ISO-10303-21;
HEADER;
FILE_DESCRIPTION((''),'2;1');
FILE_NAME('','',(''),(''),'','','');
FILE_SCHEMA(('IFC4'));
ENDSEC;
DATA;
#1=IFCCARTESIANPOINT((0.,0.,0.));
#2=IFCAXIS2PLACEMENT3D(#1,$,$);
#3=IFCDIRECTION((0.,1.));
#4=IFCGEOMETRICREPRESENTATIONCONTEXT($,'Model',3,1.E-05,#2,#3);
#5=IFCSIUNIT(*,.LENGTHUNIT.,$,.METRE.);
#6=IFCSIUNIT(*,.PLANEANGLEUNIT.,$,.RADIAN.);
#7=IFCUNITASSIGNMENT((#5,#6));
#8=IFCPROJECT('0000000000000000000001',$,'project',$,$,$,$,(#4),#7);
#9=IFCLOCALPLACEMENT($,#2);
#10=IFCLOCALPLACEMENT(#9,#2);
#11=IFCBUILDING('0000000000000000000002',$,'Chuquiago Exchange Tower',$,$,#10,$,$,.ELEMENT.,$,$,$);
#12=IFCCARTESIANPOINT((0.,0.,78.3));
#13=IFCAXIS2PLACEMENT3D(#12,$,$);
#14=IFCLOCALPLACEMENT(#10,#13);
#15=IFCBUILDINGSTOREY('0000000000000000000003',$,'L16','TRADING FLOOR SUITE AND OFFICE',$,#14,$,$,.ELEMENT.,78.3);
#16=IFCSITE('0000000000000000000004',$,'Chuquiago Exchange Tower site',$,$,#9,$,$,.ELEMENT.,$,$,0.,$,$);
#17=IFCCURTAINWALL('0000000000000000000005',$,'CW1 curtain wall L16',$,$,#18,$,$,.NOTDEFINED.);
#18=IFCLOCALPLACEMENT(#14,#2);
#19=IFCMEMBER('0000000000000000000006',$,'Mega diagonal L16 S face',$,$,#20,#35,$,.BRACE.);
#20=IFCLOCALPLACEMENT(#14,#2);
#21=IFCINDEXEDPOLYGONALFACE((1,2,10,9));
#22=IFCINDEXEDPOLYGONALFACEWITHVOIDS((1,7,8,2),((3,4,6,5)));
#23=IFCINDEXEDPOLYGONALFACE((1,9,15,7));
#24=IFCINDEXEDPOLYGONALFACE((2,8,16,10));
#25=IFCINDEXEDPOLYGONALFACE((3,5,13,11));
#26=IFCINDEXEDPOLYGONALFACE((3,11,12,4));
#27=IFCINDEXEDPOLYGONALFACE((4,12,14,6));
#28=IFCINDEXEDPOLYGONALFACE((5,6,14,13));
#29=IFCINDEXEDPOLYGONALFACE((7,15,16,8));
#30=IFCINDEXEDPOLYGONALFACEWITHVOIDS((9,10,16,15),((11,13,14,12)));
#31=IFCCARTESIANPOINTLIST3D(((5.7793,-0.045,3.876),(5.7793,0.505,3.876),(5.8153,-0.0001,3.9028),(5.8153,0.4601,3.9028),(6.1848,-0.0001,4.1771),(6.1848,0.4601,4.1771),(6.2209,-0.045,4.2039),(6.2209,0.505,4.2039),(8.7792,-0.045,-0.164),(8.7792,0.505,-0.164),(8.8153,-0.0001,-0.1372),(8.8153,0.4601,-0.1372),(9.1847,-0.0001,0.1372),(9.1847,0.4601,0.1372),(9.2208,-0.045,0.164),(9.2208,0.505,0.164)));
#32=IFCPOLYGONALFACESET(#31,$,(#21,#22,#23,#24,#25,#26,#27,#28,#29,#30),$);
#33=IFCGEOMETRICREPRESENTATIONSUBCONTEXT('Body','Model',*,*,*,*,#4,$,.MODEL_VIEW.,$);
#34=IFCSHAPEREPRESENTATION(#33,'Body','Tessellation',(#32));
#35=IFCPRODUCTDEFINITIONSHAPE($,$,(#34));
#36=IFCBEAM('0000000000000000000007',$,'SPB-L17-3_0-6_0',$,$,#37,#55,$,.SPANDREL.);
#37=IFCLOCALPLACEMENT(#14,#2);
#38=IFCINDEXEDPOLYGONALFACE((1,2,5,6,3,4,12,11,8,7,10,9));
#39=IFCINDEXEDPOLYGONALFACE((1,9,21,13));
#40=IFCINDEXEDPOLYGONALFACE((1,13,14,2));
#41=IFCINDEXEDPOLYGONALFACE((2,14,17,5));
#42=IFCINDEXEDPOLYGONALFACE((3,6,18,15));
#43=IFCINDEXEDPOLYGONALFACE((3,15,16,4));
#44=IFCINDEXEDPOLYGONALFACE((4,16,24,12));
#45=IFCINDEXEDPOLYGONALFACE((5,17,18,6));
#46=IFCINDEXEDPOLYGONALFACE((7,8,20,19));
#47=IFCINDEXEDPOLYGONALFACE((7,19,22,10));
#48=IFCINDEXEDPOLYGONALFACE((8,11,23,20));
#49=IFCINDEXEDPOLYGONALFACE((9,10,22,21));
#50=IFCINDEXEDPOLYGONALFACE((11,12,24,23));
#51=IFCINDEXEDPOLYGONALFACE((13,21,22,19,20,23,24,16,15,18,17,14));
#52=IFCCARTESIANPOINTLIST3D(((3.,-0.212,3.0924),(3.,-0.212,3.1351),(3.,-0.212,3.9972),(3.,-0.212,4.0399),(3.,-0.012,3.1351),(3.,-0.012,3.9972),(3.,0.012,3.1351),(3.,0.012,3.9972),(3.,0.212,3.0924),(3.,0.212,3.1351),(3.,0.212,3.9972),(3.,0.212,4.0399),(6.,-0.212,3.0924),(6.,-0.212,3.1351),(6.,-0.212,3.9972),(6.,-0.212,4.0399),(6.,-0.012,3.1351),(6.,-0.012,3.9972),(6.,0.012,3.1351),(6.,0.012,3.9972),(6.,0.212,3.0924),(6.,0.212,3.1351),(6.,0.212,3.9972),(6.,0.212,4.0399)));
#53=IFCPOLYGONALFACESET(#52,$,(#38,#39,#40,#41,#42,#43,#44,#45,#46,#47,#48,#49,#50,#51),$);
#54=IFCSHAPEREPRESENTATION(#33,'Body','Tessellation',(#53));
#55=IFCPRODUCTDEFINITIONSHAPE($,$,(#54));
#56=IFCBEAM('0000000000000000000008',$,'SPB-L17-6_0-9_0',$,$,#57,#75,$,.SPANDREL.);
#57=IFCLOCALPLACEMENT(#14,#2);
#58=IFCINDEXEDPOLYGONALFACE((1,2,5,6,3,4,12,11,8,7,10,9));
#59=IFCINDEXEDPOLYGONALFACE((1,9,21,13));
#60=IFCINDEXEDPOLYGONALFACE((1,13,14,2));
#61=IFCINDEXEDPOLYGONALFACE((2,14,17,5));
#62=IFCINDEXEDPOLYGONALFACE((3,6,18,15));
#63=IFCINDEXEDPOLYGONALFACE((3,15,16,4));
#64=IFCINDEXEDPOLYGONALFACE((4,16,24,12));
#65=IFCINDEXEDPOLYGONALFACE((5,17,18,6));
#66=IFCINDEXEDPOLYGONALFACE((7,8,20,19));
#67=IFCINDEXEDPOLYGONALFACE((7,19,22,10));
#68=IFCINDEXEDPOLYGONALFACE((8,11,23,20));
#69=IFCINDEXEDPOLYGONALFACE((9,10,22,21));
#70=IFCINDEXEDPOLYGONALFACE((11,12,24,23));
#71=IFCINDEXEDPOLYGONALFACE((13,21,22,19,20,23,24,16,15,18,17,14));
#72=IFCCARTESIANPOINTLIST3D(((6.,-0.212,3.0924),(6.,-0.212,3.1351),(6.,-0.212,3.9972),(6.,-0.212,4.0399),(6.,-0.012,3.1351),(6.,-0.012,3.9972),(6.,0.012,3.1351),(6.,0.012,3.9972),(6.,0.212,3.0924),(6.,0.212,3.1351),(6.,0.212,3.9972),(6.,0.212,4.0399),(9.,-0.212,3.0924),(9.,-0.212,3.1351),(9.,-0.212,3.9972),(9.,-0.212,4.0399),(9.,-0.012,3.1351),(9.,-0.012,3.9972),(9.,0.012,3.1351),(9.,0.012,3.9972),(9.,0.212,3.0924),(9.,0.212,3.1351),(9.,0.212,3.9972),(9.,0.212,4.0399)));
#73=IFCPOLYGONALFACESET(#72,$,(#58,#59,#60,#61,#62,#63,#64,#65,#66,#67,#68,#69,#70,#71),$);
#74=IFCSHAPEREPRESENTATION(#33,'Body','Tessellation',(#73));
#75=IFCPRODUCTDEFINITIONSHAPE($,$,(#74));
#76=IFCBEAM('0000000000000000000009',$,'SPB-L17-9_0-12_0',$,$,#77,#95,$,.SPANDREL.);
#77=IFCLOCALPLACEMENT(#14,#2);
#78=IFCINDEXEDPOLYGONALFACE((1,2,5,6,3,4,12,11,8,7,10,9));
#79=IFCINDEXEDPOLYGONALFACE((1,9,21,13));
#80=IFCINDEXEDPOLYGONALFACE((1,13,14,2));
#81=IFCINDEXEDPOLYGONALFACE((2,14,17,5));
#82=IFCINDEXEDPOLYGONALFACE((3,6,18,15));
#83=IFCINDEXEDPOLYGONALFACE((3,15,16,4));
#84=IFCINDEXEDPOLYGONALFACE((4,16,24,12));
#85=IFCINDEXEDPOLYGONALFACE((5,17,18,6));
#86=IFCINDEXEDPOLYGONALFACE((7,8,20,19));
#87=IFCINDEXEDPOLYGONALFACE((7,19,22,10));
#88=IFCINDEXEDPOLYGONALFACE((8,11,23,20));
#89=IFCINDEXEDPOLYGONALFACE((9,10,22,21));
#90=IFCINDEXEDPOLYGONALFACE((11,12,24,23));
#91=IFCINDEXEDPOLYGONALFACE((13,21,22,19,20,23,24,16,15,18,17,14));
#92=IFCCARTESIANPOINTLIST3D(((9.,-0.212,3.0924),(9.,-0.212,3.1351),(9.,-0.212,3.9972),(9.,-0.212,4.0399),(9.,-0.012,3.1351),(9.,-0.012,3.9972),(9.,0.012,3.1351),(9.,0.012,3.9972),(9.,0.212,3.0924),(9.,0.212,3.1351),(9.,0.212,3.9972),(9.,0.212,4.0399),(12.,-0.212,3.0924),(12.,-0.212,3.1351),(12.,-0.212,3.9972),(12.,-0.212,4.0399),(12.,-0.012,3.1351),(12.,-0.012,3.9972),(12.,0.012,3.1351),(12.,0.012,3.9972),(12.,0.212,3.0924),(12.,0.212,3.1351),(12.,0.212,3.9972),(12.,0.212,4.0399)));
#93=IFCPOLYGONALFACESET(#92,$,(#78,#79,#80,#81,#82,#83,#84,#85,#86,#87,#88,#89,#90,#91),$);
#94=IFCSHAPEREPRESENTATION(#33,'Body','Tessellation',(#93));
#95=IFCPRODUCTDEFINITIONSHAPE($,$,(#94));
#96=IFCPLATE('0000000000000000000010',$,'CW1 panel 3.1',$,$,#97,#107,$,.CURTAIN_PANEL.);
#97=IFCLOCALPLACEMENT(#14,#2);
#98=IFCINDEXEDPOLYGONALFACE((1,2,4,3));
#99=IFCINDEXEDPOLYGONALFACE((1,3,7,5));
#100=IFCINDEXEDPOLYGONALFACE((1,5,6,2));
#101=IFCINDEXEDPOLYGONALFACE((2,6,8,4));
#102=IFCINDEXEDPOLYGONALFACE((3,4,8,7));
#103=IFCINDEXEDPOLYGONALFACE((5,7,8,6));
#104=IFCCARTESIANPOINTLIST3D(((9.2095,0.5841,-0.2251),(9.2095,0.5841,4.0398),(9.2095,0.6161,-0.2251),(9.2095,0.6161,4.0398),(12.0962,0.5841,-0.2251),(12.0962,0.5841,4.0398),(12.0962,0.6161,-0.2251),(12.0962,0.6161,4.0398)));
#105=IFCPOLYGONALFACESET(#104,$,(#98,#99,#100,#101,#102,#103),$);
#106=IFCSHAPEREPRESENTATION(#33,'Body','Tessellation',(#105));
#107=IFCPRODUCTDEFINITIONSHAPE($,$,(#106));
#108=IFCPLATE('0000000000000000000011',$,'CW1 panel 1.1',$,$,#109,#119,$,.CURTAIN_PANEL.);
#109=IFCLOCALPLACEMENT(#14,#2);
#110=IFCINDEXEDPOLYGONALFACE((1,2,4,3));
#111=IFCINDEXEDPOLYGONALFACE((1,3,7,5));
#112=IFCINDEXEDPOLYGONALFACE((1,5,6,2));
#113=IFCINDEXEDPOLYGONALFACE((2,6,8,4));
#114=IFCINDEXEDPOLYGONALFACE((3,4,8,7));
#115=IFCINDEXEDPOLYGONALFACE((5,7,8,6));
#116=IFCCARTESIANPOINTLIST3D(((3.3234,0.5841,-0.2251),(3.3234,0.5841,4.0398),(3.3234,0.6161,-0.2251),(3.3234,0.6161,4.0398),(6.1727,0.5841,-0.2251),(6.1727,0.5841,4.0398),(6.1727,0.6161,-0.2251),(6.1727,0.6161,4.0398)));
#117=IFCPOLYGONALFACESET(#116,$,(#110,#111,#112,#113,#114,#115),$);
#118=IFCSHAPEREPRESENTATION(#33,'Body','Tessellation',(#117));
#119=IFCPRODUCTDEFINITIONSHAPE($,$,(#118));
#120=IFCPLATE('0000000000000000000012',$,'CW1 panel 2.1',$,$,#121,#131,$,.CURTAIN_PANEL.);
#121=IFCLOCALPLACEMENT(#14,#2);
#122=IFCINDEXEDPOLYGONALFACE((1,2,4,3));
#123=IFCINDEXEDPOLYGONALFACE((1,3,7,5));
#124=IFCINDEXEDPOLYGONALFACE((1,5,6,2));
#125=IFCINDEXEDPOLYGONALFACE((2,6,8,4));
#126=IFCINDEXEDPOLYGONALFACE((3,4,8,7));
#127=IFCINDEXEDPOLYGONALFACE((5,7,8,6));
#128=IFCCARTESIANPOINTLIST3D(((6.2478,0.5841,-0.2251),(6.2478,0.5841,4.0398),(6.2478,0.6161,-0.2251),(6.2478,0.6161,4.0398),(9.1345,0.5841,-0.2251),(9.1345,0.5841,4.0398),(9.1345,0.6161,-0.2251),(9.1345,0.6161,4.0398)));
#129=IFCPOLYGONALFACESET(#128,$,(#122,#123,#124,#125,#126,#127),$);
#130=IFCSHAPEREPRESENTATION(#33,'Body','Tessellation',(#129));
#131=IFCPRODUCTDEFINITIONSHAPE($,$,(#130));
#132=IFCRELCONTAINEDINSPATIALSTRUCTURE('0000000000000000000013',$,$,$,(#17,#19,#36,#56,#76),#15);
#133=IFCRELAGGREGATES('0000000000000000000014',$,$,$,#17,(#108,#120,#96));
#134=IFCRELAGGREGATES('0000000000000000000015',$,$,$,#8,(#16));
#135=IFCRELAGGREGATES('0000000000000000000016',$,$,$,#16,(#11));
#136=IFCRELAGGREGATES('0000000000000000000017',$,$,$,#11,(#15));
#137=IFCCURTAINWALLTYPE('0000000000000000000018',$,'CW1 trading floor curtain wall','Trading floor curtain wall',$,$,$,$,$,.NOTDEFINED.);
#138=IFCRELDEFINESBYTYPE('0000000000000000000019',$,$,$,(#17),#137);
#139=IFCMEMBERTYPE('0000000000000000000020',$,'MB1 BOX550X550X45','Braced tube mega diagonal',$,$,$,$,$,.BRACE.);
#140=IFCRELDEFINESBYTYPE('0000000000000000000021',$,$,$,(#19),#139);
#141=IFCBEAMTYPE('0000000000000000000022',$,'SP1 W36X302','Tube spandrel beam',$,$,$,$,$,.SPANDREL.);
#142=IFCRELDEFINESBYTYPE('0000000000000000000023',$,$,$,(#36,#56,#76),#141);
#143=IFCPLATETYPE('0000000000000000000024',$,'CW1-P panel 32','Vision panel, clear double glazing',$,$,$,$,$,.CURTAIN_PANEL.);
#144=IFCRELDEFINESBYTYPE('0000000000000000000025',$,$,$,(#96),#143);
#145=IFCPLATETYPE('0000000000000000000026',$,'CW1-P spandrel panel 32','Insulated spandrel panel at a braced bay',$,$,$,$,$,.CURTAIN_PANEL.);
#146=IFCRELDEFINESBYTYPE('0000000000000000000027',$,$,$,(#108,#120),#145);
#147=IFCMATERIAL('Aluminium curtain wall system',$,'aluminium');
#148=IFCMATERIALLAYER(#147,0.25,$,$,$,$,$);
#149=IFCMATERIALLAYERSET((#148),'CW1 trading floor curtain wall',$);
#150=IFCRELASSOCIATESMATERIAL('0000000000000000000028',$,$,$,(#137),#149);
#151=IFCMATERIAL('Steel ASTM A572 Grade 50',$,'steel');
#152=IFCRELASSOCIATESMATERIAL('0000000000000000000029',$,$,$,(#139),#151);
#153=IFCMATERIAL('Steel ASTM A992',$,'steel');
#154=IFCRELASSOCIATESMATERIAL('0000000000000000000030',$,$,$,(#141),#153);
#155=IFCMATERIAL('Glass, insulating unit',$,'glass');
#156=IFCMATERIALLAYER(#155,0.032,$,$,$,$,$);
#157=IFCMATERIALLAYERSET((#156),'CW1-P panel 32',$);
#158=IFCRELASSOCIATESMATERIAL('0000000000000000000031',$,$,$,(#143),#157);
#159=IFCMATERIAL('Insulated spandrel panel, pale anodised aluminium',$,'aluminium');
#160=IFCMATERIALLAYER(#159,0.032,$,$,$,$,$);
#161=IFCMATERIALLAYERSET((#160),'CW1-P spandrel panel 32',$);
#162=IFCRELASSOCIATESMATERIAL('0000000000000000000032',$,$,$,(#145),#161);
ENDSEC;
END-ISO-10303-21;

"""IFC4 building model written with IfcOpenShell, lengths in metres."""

from ifc_helpers import new_model, si_unit, direction, frame, origin, origin_2d, place, context, subcontext, project, spatial, rectangle, hollow_rectangle, i_section, extrude, material, layer, layer_set, material_profile, profile_set, type_object, element, aggregate, save


model = new_model("IFC4")

# Units and contexts
model_context = context("Model", 3, precision=1e-05, world=origin(), true_north=direction((0.0, 1.0)))
body_context = subcontext(model_context, "Body", "Model", "MODEL_VIEW")
ifc_project = project(units=[si_unit("LENGTHUNIT", "METRE"), si_unit("PLANEANGLEUNIT", "RADIAN")], contexts=[model_context])

# Site, building, storey
site_placement = place(None, origin())
site = spatial("IfcSite", under=ifc_project, at=site_placement, Name="Chuquiago Exchange Tower site", CompositionType="ELEMENT", RefElevation=0.0)
building_placement = place(site_placement, origin())
building = spatial("IfcBuilding", under=site, at=building_placement, Name="Chuquiago Exchange Tower", CompositionType="ELEMENT")
storey_placement = place(building_placement, frame((0.0, 0.0, 78.3)))
storey = spatial("IfcBuildingStorey", under=building, at=storey_placement, Name="L16", Description="TRADING FLOOR SUITE AND OFFICE", CompositionType="ELEMENT", Elevation=78.3)

# Curtain wall
ifc_material_1 = material(Name="Aluminium curtain wall system", Category="aluminium")
ifc_layer_1 = layer(ifc_material_1, 0.25)
ifc_layer_set_1 = layer_set([ifc_layer_1], Name="CW1 trading floor curtain wall")
curtain_wall_type_1 = type_object("IfcCurtainWallType", Name="CW1 trading floor curtain wall", Description="Trading floor curtain wall", PredefinedType="NOTDEFINED", material=ifc_layer_set_1)
curtain_wall_1_placement = place(storey_placement, origin())
curtain_wall_1 = element("IfcCurtainWall", 1, at=curtain_wall_1_placement, inside=storey, type_object=curtain_wall_type_1, Name="CW1 curtain wall L16", PredefinedType="NOTDEFINED")

# Member
ifc_material_2 = material(Name="Steel ASTM A572 Grade 50", Category="steel")
ifc_material_profile_1 = material_profile(ifc_material_2, hollow_rectangle(XDim=0.55, YDim=0.55, WallThickness=0.0449, at=origin_2d()), Name="BOX550X550X45")
ifc_profile_set_1 = profile_set([ifc_material_profile_1], Name="Steel ASTM A572 Grade 50")
member_type_1 = type_object("IfcMemberType", Name="MB1 BOX550X550X45", Description="Braced tube mega diagonal", PredefinedType="BRACE", material=ifc_profile_set_1)
for number, where, z_axis, x_axis, name in (
    (2, (9.0, 0.23, 0.0), (-0.596174, 0.0, 0.802855), (0.0, -1.0, 0.0), "Mega diagonal L16 S face"),
):
    element("IfcMember", number, at=place(storey_placement, frame(where, z_axis=z_axis, x_axis=x_axis)), inside=storey, type_object=member_type_1, Name=name, PredefinedType="BRACE", context=body_context, shape_type="SweptSolid", body=[
        extrude(hollow_rectangle(XDim=0.55, YDim=0.55, WallThickness=0.0449, at=origin_2d()), origin(), (0.0, 0.0, 1.0), 5.032),
    ])

# Beams
ifc_material_3 = material(Name="Steel ASTM A992", Category="steel")
ifc_material_profile_2 = material_profile(ifc_material_3, i_section(OverallWidth=0.4241, OverallDepth=0.9475, WebThickness=0.0239, FlangeThickness=0.0427, at=origin_2d()), Name="W36X302")
ifc_profile_set_2 = profile_set([ifc_material_profile_2], Name="Steel ASTM A992")
beam_type = type_object("IfcBeamType", Name="SP1 W36X302", Description="Tube spandrel beam", PredefinedType="SPANDREL", material=ifc_profile_set_2)
for number, where, z_axis, x_axis, name in (
    (3, (3.0, 0.0, 3.5662), (1.0, 0.0, 0.0), (0.0, 1.0, 0.0), "SPB-L17-3_0-6_0"),
    (4, (6.0, 0.0, 3.5662), (1.0, 0.0, 0.0), (0.0, 1.0, 0.0), "SPB-L17-6_0-9_0"),
    (5, (9.0, 0.0, 3.5662), (1.0, 0.0, 0.0), (0.0, 1.0, 0.0), "SPB-L17-9_0-12_0"),
):
    element("IfcBeam", number, at=place(storey_placement, frame(where, z_axis=z_axis, x_axis=x_axis)), inside=storey, type_object=beam_type, Name=name, PredefinedType="SPANDREL", context=body_context, shape_type="SweptSolid", body=[
        extrude(i_section(OverallWidth=0.4241, OverallDepth=0.9475, WebThickness=0.0239, FlangeThickness=0.0427, at=origin_2d()), origin(), (0.0, 0.0, 1.0), 3.0),
    ])

# Plates
ifc_material_4 = material(Name="Glass, insulating unit", Category="glass")
ifc_layer_2 = layer(ifc_material_4, 0.032)
ifc_layer_set_2 = layer_set([ifc_layer_2], Name="CW1-P panel 32")
plate_type_1 = type_object("IfcPlateType", Name="CW1-P panel 32", Description="Vision panel, clear double glazing", PredefinedType="CURTAIN_PANEL", material=ifc_layer_set_2)
plate_1_placement = place(storey_placement, frame((10.6528, 0.6001, -0.2251), z_axis=(0.0, 0.0, 1.0), x_axis=(1.0, 0.0, 0.0)))
plate_1 = element("IfcPlate", 6, at=plate_1_placement, type_object=plate_type_1, Name="CW1 panel 3.1", PredefinedType="CURTAIN_PANEL", context=body_context, shape_type="SweptSolid", body=[
    extrude(rectangle(XDim=2.8867, YDim=0.032, at=origin_2d()), origin(), (0.0, 0.0, 1.0), 4.2649),
])
ifc_material_5 = material(Name="Insulated spandrel panel, pale anodised aluminium", Category="aluminium")
ifc_layer_3 = layer(ifc_material_5, 0.032)
ifc_layer_set_3 = layer_set([ifc_layer_3], Name="CW1-P spandrel panel 32")
plate_type_2 = type_object("IfcPlateType", Name="CW1-P spandrel panel 32", Description="Insulated spandrel panel at a braced bay", PredefinedType="CURTAIN_PANEL", material=ifc_layer_set_3)
plate_2_placement = place(storey_placement, frame((4.748, 0.6001, -0.2251), z_axis=(0.0, 0.0, 1.0), x_axis=(1.0, 0.0, 0.0)))
plate_2 = element("IfcPlate", 7, at=plate_2_placement, type_object=plate_type_2, Name="CW1 panel 1.1", PredefinedType="CURTAIN_PANEL", context=body_context, shape_type="SweptSolid", body=[
    extrude(rectangle(XDim=2.8494, YDim=0.032, at=origin_2d()), origin(), (0.0, 0.0, 1.0), 4.2649),
])
plate_3_placement = place(storey_placement, frame((7.6912, 0.6001, -0.2251), z_axis=(0.0, 0.0, 1.0), x_axis=(1.0, 0.0, 0.0)))
plate_3 = element("IfcPlate", 8, at=plate_3_placement, type_object=plate_type_2, Name="CW1 panel 2.1", PredefinedType="CURTAIN_PANEL", context=body_context, shape_type="SweptSolid", body=[
    extrude(rectangle(XDim=2.8867, YDim=0.032, at=origin_2d()), origin(), (0.0, 0.0, 1.0), 4.2649),
])
aggregate(curtain_wall_1, [plate_2, plate_3, plate_1])

save(model, "model.ifc")
